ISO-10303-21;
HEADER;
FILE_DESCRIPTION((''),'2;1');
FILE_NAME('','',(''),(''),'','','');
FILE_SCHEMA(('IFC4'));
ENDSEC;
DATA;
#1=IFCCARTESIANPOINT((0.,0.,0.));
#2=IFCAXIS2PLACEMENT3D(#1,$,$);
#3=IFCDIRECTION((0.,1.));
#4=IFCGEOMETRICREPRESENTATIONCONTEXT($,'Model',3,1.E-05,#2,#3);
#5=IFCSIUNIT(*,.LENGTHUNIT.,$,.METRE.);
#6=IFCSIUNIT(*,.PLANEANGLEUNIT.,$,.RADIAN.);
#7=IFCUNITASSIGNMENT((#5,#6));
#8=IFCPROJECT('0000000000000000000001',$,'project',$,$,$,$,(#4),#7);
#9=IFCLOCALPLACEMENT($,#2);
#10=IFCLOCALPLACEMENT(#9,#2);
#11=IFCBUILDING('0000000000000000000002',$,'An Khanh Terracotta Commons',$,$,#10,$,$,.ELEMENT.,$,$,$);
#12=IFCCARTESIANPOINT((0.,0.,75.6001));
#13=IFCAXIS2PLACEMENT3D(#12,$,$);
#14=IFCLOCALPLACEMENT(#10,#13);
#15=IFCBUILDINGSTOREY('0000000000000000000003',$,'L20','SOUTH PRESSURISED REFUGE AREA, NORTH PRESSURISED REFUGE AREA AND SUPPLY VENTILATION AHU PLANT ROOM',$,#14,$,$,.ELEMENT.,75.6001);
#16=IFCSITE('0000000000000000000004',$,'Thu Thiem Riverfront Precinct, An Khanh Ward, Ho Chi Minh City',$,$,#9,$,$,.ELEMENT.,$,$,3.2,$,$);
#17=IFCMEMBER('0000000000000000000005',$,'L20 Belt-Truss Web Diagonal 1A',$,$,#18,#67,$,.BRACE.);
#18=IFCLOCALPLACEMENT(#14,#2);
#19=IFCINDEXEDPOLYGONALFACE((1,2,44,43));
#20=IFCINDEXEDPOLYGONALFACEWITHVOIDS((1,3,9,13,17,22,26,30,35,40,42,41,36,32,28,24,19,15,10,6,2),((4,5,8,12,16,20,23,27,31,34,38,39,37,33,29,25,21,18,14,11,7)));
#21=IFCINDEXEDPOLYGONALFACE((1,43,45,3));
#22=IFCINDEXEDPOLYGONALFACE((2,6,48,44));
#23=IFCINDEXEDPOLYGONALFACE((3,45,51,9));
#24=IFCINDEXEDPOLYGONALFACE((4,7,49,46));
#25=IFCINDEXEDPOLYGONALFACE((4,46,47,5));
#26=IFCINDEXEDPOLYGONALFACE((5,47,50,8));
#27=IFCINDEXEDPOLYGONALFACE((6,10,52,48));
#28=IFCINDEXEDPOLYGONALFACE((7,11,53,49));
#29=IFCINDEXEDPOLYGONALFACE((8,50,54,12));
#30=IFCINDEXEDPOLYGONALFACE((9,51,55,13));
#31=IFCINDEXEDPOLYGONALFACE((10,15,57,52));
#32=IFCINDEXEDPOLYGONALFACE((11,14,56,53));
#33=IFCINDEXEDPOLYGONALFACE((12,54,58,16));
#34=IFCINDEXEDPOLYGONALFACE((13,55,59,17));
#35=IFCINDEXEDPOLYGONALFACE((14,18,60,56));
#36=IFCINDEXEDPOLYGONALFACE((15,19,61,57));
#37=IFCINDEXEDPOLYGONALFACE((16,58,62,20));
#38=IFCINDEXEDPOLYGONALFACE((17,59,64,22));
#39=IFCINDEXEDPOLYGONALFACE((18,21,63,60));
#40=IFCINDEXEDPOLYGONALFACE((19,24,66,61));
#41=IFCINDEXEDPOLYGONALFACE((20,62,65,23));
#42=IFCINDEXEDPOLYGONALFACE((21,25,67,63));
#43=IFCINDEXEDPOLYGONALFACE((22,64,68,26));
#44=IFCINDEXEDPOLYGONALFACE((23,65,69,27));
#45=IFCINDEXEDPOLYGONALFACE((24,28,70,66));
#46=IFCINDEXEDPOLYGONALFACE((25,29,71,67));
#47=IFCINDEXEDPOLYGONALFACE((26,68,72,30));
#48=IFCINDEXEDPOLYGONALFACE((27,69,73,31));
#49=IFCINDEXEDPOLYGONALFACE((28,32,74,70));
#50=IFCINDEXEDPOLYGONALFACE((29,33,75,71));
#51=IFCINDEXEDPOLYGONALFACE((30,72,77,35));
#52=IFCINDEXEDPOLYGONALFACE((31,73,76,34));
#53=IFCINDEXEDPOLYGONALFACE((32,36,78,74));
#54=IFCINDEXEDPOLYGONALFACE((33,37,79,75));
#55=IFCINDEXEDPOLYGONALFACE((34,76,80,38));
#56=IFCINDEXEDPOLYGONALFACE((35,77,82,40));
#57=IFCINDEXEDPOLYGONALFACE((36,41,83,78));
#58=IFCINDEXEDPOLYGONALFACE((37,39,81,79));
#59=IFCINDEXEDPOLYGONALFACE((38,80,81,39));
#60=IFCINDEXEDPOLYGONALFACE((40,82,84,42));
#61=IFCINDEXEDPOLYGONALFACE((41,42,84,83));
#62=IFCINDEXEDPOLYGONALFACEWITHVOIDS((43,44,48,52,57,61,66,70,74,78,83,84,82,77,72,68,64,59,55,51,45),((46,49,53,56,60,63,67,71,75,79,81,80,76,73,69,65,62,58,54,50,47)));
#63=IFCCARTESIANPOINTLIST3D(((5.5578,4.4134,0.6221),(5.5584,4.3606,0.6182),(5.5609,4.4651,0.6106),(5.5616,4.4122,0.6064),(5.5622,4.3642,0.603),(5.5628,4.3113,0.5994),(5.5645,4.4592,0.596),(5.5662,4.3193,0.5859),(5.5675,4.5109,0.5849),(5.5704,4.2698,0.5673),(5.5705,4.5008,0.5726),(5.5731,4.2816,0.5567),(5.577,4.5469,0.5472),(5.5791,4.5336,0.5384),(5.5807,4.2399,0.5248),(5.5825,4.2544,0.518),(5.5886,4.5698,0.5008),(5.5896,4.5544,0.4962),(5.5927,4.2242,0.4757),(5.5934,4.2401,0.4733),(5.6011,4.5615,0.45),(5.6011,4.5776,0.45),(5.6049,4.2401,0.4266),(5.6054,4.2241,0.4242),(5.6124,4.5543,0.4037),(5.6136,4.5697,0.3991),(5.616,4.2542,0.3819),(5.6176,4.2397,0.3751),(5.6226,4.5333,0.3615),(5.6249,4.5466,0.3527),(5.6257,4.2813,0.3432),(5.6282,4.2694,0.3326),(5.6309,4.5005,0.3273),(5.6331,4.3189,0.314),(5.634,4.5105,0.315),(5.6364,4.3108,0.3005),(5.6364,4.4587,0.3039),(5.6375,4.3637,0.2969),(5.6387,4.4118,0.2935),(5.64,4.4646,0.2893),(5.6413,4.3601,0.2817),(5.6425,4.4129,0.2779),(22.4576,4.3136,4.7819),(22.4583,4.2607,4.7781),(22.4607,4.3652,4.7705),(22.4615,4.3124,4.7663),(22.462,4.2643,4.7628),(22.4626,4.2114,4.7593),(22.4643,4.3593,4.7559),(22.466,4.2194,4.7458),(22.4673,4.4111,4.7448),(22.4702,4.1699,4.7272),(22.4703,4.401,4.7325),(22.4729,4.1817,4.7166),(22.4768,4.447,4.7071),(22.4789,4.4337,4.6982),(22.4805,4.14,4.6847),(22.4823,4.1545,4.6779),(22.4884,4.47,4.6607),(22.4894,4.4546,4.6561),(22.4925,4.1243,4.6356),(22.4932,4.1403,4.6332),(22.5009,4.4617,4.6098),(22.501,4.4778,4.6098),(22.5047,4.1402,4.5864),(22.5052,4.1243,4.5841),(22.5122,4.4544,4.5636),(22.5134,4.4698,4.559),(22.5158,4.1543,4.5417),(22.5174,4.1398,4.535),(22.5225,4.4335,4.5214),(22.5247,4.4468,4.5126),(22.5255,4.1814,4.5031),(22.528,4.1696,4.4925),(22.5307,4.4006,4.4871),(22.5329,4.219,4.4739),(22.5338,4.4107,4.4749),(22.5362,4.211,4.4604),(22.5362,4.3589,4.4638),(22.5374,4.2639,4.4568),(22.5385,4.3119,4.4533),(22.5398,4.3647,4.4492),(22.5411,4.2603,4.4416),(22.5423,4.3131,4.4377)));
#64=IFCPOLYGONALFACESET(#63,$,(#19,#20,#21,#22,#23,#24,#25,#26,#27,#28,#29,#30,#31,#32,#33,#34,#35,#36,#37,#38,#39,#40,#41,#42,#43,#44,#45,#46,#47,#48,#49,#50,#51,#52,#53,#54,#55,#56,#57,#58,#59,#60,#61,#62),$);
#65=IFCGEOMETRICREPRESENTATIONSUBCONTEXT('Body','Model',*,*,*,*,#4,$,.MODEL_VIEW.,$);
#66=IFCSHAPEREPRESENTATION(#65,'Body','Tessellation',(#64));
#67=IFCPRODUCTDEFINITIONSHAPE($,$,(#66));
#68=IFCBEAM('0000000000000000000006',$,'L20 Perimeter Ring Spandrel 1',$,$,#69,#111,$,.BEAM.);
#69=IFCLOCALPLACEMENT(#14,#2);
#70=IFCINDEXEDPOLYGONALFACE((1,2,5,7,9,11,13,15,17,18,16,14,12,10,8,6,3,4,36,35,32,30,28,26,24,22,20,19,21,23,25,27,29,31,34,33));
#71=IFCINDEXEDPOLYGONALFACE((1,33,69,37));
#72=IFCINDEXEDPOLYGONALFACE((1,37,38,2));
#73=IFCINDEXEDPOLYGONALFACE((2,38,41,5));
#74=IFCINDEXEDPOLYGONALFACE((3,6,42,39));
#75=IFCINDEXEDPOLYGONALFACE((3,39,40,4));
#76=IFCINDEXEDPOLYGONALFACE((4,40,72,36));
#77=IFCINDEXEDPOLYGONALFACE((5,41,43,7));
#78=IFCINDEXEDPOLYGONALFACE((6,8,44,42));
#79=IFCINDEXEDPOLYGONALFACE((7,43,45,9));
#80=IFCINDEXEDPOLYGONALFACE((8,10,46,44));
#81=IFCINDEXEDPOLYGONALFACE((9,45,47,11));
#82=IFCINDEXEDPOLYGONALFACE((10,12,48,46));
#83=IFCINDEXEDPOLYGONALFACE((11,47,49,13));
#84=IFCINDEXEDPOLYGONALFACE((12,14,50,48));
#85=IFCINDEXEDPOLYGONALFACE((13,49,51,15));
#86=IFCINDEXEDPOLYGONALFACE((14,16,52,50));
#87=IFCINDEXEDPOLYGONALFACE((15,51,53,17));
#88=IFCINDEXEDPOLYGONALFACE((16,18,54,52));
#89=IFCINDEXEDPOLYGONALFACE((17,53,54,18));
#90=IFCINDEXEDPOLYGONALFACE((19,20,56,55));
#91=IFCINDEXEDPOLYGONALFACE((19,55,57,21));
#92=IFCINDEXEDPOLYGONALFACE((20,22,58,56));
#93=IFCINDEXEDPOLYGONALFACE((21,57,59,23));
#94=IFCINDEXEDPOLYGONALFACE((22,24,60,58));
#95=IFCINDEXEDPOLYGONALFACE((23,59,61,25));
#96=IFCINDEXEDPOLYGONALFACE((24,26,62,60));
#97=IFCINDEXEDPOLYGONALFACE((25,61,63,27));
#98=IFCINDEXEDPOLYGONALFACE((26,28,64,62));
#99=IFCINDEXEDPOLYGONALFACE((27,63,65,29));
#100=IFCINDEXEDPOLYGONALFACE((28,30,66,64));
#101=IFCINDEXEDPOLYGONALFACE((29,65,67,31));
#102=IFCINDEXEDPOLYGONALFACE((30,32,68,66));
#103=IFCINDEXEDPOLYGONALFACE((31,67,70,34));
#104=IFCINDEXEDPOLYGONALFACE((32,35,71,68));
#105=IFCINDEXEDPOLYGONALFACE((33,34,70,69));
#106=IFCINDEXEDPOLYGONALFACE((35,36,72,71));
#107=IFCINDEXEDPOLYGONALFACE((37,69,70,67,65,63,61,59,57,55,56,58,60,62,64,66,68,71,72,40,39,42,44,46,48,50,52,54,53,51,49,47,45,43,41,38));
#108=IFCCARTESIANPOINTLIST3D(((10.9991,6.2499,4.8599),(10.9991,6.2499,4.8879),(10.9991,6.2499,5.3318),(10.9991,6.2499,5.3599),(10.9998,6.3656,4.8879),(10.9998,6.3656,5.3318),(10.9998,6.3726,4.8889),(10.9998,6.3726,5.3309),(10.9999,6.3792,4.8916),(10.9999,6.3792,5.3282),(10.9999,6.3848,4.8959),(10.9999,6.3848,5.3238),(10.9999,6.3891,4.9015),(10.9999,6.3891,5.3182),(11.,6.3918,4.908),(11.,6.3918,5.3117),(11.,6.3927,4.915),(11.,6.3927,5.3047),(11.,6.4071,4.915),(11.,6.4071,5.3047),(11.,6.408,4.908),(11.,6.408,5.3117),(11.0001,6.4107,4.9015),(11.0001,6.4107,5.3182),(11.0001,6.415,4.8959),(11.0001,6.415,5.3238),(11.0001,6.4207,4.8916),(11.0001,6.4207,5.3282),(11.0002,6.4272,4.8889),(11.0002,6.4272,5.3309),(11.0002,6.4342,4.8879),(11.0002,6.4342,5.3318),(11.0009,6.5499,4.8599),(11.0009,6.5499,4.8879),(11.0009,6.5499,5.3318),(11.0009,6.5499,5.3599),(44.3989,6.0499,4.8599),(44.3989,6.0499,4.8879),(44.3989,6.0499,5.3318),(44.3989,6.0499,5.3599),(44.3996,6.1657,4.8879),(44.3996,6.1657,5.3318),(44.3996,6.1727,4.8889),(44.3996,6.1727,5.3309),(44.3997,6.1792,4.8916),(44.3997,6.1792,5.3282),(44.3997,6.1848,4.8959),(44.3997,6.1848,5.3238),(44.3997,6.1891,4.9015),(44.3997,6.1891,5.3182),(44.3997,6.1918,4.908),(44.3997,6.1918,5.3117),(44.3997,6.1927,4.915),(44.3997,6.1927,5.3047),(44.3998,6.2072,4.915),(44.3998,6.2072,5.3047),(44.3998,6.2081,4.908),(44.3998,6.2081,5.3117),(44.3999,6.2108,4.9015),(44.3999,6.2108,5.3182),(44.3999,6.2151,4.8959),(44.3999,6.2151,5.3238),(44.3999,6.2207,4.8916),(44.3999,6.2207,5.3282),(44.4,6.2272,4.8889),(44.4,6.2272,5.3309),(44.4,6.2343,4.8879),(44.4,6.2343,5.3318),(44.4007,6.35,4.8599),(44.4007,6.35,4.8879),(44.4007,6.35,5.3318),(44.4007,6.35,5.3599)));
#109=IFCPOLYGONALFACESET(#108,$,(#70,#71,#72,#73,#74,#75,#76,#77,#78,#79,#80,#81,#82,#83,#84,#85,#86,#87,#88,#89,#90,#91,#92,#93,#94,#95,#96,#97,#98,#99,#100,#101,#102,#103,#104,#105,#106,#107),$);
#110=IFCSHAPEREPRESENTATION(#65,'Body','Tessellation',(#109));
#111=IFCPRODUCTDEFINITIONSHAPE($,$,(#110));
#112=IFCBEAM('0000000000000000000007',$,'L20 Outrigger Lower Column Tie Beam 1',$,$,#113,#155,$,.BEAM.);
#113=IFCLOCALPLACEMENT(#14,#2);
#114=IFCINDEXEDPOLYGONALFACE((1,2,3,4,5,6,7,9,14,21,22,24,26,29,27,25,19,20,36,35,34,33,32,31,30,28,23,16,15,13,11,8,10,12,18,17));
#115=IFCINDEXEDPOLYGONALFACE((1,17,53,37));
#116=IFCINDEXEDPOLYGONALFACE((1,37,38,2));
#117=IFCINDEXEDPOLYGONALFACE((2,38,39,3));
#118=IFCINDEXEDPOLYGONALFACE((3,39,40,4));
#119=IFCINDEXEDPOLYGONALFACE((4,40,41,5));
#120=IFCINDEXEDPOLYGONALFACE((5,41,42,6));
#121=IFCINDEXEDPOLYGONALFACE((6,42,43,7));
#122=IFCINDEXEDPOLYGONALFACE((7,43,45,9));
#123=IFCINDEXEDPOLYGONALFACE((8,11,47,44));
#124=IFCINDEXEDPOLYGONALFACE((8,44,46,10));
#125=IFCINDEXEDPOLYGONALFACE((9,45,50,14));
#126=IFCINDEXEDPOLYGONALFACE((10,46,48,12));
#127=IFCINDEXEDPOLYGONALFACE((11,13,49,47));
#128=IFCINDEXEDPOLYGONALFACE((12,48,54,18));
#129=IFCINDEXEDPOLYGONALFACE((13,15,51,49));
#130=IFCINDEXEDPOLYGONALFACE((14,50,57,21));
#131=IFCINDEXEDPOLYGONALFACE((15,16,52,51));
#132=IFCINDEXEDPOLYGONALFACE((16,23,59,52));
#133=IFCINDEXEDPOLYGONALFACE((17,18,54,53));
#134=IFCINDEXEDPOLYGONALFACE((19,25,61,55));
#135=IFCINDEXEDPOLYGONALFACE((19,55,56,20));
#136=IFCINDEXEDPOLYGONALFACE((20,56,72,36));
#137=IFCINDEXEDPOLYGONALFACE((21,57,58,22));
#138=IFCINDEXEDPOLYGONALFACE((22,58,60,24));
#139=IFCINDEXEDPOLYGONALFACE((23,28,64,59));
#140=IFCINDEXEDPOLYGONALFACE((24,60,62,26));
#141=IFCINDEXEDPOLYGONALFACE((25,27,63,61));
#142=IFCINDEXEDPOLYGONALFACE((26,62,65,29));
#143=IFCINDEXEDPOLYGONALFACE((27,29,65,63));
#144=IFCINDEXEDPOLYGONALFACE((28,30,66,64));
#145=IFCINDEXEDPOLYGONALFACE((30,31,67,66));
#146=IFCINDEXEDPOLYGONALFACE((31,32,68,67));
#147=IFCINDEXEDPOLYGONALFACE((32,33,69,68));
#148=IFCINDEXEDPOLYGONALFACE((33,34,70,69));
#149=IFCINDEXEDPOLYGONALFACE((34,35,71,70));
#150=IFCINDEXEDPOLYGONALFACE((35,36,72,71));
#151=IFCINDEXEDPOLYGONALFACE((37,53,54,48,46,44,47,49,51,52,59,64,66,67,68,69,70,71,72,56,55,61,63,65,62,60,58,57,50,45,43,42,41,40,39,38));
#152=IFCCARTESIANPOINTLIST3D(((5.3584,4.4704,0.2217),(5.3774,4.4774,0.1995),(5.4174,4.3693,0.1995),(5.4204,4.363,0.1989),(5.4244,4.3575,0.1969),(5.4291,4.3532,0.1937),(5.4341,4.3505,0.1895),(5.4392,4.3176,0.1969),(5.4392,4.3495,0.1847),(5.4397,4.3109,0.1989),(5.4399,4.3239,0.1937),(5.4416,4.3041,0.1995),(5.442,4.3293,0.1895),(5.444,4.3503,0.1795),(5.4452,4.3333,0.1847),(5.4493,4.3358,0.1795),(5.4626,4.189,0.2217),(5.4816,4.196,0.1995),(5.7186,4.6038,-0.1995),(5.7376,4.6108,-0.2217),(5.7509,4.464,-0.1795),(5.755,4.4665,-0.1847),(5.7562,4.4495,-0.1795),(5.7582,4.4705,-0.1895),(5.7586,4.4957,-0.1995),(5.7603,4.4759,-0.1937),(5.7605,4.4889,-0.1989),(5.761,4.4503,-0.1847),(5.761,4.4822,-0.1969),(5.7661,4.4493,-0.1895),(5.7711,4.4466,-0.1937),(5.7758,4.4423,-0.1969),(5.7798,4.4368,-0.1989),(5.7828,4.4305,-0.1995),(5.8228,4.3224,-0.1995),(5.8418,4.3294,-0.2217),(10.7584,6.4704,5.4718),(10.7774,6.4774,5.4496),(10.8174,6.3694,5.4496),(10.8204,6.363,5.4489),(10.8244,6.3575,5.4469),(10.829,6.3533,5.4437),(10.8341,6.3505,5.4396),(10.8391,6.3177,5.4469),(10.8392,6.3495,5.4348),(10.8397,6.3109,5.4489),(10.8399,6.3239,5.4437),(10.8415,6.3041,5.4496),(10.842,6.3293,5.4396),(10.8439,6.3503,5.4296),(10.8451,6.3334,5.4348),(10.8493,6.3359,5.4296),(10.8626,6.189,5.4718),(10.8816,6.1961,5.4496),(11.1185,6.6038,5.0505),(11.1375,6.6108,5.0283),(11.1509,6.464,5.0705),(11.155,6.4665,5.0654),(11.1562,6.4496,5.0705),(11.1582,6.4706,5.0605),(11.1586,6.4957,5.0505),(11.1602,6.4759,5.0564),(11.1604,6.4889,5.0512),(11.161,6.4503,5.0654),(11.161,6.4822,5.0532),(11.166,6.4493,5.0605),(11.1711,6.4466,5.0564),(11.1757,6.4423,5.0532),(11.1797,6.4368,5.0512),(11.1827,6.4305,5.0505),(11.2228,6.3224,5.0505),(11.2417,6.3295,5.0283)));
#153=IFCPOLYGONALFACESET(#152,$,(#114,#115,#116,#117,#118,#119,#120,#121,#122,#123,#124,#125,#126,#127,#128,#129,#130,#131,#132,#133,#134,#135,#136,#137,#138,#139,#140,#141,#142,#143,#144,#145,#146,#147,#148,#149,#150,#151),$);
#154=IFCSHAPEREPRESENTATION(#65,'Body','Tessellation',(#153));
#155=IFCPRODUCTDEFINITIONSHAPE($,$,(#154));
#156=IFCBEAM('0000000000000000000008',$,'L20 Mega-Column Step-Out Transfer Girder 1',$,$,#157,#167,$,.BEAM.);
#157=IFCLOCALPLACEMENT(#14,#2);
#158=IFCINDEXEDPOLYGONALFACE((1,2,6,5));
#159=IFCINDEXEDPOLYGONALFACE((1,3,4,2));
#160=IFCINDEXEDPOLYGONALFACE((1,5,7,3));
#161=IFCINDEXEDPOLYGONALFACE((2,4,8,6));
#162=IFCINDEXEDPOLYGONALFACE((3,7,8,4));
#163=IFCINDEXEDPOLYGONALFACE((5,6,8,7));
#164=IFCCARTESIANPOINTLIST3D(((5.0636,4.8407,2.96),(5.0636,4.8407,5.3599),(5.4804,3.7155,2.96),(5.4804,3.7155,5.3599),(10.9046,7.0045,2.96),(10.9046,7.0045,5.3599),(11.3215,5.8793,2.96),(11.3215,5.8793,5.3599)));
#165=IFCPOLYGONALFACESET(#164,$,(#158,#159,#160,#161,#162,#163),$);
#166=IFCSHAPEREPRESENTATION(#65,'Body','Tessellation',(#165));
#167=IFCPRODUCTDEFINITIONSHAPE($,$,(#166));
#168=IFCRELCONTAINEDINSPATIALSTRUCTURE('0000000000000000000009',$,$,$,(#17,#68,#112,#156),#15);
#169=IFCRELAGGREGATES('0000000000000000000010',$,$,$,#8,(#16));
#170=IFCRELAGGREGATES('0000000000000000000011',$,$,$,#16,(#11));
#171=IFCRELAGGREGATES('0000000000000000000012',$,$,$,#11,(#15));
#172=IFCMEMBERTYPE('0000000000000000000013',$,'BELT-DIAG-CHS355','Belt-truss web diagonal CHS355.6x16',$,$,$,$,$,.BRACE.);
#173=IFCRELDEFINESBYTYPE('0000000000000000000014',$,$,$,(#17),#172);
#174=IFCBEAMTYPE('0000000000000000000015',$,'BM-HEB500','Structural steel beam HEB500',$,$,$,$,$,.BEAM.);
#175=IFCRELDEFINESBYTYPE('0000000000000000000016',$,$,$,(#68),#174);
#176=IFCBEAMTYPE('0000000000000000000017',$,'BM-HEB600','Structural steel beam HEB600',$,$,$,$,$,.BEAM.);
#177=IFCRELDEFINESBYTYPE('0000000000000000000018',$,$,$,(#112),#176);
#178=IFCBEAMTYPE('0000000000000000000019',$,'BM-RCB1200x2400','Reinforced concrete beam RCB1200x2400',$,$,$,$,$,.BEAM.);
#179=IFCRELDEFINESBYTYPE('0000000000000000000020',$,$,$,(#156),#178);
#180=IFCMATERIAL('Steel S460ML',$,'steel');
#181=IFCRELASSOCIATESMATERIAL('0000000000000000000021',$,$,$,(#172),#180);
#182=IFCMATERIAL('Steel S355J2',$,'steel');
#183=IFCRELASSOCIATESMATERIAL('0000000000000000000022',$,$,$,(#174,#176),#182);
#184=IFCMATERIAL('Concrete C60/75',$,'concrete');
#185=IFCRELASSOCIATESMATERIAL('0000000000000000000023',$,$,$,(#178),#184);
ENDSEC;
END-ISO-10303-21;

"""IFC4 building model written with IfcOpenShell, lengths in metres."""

from ifc_helpers import new_model, si_unit, direction, frame, origin, origin_2d, place, context, subcontext, project, spatial, rectangle, hollow_circle, i_section, extrude, material, material_profile, profile_set, type_object, element, save


model = new_model("IFC4")

# Units and contexts
model_context = context("Model", 3, precision=1e-05, world=origin(), true_north=direction((0.0, 1.0)))
body_context = subcontext(model_context, "Body", "Model", "MODEL_VIEW")
ifc_project = project(units=[si_unit("LENGTHUNIT", "METRE"), si_unit("PLANEANGLEUNIT", "RADIAN")], contexts=[model_context])

# Site, building, storey
site_placement = place(None, origin())
site = spatial("IfcSite", under=ifc_project, at=site_placement, Name="Thu Thiem Riverfront Precinct, An Khanh Ward, Ho Chi Minh City", CompositionType="ELEMENT", RefElevation=3.2)
building_placement = place(site_placement, origin())
building = spatial("IfcBuilding", under=site, at=building_placement, Name="An Khanh Terracotta Commons", CompositionType="ELEMENT")
storey_placement = place(building_placement, frame((0.0, 0.0, 75.6001)))
storey = spatial("IfcBuildingStorey", under=building, at=storey_placement, Name="L20", Description="SOUTH PRESSURISED REFUGE AREA, NORTH PRESSURISED REFUGE AREA AND SUPPLY VENTILATION AHU PLANT ROOM", CompositionType="ELEMENT", Elevation=75.6001)

# Member
ifc_material_1 = material(Name="Steel S460ML", Category="steel")
ifc_material_profile_1 = material_profile(ifc_material_1, hollow_circle(Radius=0.1777, WallThickness=0.0161, at=origin_2d()), Name="CHS355.6x16")
ifc_profile_set_1 = profile_set([ifc_material_profile_1], Name="Steel S460ML")
member_type_1 = type_object("IfcMemberType", Name="BELT-DIAG-CHS355", Description="Belt-truss web diagonal CHS355.6x16", PredefinedType="BRACE", material=ifc_profile_set_1)
member_1_placement = place(storey_placement, frame((5.6001, 4.3999, 0.45), z_axis=(0.971, -0.005737, 0.239012), x_axis=(0.005908, 0.999983, 0.0)))
element("IfcMember", 1, at=member_1_placement, inside=storey, type_object=member_type_1, Name="L20 Belt-Truss Web Diagonal 1A", PredefinedType="BRACE", context=body_context, shape_type="SweptSolid", body=[
    extrude(hollow_circle(Radius=0.1777, WallThickness=0.0161, at=origin_2d()), origin(), (0.0, 0.0, 1.0), 17.4045),
])

# Beams
ifc_material_2 = material(Name="Steel S355J2", Category="steel")
ifc_material_profile_2 = material_profile(ifc_material_2, i_section(OverallWidth=0.3, OverallDepth=0.5, WebThickness=0.0144, FlangeThickness=0.0281, FilletRadius=0.0271, at=origin_2d()), Name="HEB500")
ifc_profile_set_2 = profile_set([ifc_material_profile_2], Name="Steel S355J2")
beam_type_1 = type_object("IfcBeamType", Name="BM-HEB500", Description="Structural steel beam HEB500", PredefinedType="BEAM", material=ifc_profile_set_2)
beam_1_placement = place(storey_placement, frame((11.0, 6.3999, 5.1099), z_axis=(0.999982, -0.005986, 0.0), x_axis=(0.005986, 0.999982, 0.0)))
element("IfcBeam", 2, at=beam_1_placement, inside=storey, type_object=beam_type_1, Name="L20 Perimeter Ring Spandrel 1", PredefinedType="BEAM", context=body_context, shape_type="SweptSolid", body=[
    extrude(i_section(OverallWidth=0.3, OverallDepth=0.5, WebThickness=0.0144, FlangeThickness=0.0281, FilletRadius=0.0271, at=origin_2d()), origin(), (0.0, 0.0, 1.0), 33.4004),
])
ifc_material_profile_3 = material_profile(ifc_material_2, i_section(OverallWidth=0.3, OverallDepth=0.6001, WebThickness=0.0154, FlangeThickness=0.03, FilletRadius=0.0271, at=origin_2d()), Name="HEB600")
ifc_profile_set_3 = profile_set([ifc_material_profile_3], Name="Steel S355J2")
beam_type_2 = type_object("IfcBeamType", Name="BM-HEB600", Description="Structural steel beam HEB600", PredefinedType="BEAM", material=ifc_profile_set_3)
beam_2_placement = place(storey_placement, frame((5.6001, 4.3999, 0.0), z_axis=(0.692971, 0.25666, 0.673734), x_axis=(-0.34732, 0.937747, 0.0)))
element("IfcBeam", 3, at=beam_2_placement, inside=storey, type_object=beam_type_2, Name="L20 Outrigger Lower Column Tie Beam 1", PredefinedType="BEAM", context=body_context, shape_type="SweptSolid", body=[
    extrude(i_section(OverallWidth=0.3, OverallDepth=0.6001, WebThickness=0.0154, FlangeThickness=0.03, FilletRadius=0.0271, at=origin_2d()), origin(), (0.0, 0.0, 1.0), 7.7925),
])
ifc_material_3 = material(Name="Concrete C60/75", Category="concrete")
ifc_material_profile_4 = material_profile(ifc_material_3, rectangle(XDim=1.2, YDim=2.3999, at=origin_2d()), Name="RCB1200x2400")
ifc_profile_set_4 = profile_set([ifc_material_profile_4], Name="Concrete C60/75")
beam_type_3 = type_object("IfcBeamType", Name="BM-RCB1200x2400", Description="Reinforced concrete beam RCB1200x2400", PredefinedType="BEAM", material=ifc_profile_set_4)
beam_3_placement = place(storey_placement, frame((5.272, 4.2781, 4.1599), z_axis=(0.937725, 0.347379, 0.0), x_axis=(-0.347379, 0.937725, 0.0)))
element("IfcBeam", 4, at=beam_3_placement, inside=storey, type_object=beam_type_3, Name="L20 Mega-Column Step-Out Transfer Girder 1", PredefinedType="BEAM", context=body_context, shape_type="SweptSolid", body=[
    extrude(rectangle(XDim=1.2, YDim=2.3999, at=origin_2d()), origin(), (0.0, 0.0, 1.0), 6.229),
])

save(model, "model.ifc")
